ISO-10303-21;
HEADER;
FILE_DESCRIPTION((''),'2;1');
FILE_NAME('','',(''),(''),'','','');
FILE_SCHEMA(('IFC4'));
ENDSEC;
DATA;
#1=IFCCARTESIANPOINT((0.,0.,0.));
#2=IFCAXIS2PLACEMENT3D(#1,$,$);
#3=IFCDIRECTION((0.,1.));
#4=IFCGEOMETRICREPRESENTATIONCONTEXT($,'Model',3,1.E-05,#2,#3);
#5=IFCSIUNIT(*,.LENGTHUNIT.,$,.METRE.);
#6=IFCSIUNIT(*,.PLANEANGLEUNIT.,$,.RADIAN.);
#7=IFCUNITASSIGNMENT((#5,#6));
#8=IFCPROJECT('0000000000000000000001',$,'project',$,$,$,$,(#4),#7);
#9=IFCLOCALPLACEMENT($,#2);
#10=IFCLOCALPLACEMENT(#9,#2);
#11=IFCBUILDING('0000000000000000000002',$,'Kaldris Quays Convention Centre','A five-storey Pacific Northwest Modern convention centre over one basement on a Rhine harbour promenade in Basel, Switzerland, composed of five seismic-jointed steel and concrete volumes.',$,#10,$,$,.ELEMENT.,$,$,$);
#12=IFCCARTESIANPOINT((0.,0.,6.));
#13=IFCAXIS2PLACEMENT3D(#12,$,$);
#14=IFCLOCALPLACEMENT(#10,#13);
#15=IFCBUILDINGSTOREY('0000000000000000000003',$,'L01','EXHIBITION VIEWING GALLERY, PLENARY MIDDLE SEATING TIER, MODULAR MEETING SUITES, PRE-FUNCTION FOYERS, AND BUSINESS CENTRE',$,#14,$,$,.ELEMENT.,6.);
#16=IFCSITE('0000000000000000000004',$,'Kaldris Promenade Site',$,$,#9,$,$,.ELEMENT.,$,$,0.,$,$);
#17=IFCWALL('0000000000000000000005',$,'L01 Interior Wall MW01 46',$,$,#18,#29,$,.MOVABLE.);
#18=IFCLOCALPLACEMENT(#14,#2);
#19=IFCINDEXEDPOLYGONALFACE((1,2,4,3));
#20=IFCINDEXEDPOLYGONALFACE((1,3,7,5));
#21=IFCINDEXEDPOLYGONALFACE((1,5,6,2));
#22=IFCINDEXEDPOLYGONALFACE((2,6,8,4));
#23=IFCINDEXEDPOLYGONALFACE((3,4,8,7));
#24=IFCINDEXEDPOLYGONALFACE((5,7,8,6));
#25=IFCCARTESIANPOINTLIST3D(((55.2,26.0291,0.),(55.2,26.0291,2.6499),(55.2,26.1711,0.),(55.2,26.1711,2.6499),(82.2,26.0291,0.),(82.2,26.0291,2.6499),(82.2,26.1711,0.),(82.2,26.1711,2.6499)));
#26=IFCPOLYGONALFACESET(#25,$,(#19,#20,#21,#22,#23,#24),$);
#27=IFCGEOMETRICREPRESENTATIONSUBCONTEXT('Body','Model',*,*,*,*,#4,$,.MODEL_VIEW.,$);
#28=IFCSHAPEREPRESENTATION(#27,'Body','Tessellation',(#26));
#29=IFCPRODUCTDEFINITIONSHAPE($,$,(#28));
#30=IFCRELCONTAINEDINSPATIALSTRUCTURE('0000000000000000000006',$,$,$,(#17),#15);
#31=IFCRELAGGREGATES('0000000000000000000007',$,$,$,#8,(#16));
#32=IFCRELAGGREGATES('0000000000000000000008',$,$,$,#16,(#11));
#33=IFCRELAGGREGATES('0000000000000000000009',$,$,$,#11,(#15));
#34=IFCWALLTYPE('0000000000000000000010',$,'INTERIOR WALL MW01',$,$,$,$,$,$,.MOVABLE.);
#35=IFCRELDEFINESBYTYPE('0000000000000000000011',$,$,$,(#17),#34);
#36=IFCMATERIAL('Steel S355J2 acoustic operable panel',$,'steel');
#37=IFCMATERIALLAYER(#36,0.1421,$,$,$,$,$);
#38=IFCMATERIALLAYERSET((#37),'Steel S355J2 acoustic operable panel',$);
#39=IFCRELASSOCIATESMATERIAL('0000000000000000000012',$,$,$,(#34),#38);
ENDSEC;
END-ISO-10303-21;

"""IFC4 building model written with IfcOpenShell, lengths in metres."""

from ifc_helpers import new_model, si_unit, direction, frame, frame_2d, origin, place, context, subcontext, project, spatial, rectangle, extrude, material, layer, layer_set, type_object, element, save


model = new_model("IFC4")

# Units and contexts
model_context = context("Model", 3, precision=1e-05, world=origin(), true_north=direction((0.0, 1.0)))
body_context = subcontext(model_context, "Body", "Model", "MODEL_VIEW")
ifc_project = project(units=[si_unit("LENGTHUNIT", "METRE"), si_unit("PLANEANGLEUNIT", "RADIAN")], contexts=[model_context])

# Site, building, storey
site_placement = place(None, origin())
site = spatial("IfcSite", under=ifc_project, at=site_placement, Name="Kaldris Promenade Site", CompositionType="ELEMENT", RefElevation=0.0)
building_placement = place(site_placement, origin())
building = spatial("IfcBuilding", under=site, at=building_placement, Name="Kaldris Quays Convention Centre", Description="A five-storey Pacific Northwest Modern convention centre over one basement on a Rhine harbour promenade in Basel, Switzerland, composed of five seismic-jointed steel and concrete volumes.", CompositionType="ELEMENT")
storey_placement = place(building_placement, frame((0.0, 0.0, 6.0)))
storey = spatial("IfcBuildingStorey", under=building, at=storey_placement, Name="L01", Description="EXHIBITION VIEWING GALLERY, PLENARY MIDDLE SEATING TIER, MODULAR MEETING SUITES, PRE-FUNCTION FOYERS, AND BUSINESS CENTRE", CompositionType="ELEMENT", Elevation=6.0)

# Wall
ifc_material_1 = material(Name="Steel S355J2 acoustic operable panel", Category="steel")
ifc_layer_1 = layer(ifc_material_1, 0.1421)
ifc_layer_set_1 = layer_set([ifc_layer_1], Name="Steel S355J2 acoustic operable panel")
wall_type_1 = type_object("IfcWallType", Name="INTERIOR WALL MW01", PredefinedType="MOVABLE", material=ifc_layer_set_1)
wall_1_placement = place(storey_placement, frame((55.2, 26.1001, 0.0), z_axis=(0.0, 0.0, 1.0), x_axis=(1.0, 0.0, 0.0)))
element("IfcWall", 1, at=wall_1_placement, inside=storey, type_object=wall_type_1, Name="L01 Interior Wall MW01 46", PredefinedType="MOVABLE", context=body_context, shape_type="SweptSolid", body=[
    extrude(rectangle(XDim=27.0, YDim=0.1421, at=frame_2d((13.5, 0.0))), origin(), (0.0, 0.0, 1.0), 2.6499),
])

save(model, "model.ifc")
